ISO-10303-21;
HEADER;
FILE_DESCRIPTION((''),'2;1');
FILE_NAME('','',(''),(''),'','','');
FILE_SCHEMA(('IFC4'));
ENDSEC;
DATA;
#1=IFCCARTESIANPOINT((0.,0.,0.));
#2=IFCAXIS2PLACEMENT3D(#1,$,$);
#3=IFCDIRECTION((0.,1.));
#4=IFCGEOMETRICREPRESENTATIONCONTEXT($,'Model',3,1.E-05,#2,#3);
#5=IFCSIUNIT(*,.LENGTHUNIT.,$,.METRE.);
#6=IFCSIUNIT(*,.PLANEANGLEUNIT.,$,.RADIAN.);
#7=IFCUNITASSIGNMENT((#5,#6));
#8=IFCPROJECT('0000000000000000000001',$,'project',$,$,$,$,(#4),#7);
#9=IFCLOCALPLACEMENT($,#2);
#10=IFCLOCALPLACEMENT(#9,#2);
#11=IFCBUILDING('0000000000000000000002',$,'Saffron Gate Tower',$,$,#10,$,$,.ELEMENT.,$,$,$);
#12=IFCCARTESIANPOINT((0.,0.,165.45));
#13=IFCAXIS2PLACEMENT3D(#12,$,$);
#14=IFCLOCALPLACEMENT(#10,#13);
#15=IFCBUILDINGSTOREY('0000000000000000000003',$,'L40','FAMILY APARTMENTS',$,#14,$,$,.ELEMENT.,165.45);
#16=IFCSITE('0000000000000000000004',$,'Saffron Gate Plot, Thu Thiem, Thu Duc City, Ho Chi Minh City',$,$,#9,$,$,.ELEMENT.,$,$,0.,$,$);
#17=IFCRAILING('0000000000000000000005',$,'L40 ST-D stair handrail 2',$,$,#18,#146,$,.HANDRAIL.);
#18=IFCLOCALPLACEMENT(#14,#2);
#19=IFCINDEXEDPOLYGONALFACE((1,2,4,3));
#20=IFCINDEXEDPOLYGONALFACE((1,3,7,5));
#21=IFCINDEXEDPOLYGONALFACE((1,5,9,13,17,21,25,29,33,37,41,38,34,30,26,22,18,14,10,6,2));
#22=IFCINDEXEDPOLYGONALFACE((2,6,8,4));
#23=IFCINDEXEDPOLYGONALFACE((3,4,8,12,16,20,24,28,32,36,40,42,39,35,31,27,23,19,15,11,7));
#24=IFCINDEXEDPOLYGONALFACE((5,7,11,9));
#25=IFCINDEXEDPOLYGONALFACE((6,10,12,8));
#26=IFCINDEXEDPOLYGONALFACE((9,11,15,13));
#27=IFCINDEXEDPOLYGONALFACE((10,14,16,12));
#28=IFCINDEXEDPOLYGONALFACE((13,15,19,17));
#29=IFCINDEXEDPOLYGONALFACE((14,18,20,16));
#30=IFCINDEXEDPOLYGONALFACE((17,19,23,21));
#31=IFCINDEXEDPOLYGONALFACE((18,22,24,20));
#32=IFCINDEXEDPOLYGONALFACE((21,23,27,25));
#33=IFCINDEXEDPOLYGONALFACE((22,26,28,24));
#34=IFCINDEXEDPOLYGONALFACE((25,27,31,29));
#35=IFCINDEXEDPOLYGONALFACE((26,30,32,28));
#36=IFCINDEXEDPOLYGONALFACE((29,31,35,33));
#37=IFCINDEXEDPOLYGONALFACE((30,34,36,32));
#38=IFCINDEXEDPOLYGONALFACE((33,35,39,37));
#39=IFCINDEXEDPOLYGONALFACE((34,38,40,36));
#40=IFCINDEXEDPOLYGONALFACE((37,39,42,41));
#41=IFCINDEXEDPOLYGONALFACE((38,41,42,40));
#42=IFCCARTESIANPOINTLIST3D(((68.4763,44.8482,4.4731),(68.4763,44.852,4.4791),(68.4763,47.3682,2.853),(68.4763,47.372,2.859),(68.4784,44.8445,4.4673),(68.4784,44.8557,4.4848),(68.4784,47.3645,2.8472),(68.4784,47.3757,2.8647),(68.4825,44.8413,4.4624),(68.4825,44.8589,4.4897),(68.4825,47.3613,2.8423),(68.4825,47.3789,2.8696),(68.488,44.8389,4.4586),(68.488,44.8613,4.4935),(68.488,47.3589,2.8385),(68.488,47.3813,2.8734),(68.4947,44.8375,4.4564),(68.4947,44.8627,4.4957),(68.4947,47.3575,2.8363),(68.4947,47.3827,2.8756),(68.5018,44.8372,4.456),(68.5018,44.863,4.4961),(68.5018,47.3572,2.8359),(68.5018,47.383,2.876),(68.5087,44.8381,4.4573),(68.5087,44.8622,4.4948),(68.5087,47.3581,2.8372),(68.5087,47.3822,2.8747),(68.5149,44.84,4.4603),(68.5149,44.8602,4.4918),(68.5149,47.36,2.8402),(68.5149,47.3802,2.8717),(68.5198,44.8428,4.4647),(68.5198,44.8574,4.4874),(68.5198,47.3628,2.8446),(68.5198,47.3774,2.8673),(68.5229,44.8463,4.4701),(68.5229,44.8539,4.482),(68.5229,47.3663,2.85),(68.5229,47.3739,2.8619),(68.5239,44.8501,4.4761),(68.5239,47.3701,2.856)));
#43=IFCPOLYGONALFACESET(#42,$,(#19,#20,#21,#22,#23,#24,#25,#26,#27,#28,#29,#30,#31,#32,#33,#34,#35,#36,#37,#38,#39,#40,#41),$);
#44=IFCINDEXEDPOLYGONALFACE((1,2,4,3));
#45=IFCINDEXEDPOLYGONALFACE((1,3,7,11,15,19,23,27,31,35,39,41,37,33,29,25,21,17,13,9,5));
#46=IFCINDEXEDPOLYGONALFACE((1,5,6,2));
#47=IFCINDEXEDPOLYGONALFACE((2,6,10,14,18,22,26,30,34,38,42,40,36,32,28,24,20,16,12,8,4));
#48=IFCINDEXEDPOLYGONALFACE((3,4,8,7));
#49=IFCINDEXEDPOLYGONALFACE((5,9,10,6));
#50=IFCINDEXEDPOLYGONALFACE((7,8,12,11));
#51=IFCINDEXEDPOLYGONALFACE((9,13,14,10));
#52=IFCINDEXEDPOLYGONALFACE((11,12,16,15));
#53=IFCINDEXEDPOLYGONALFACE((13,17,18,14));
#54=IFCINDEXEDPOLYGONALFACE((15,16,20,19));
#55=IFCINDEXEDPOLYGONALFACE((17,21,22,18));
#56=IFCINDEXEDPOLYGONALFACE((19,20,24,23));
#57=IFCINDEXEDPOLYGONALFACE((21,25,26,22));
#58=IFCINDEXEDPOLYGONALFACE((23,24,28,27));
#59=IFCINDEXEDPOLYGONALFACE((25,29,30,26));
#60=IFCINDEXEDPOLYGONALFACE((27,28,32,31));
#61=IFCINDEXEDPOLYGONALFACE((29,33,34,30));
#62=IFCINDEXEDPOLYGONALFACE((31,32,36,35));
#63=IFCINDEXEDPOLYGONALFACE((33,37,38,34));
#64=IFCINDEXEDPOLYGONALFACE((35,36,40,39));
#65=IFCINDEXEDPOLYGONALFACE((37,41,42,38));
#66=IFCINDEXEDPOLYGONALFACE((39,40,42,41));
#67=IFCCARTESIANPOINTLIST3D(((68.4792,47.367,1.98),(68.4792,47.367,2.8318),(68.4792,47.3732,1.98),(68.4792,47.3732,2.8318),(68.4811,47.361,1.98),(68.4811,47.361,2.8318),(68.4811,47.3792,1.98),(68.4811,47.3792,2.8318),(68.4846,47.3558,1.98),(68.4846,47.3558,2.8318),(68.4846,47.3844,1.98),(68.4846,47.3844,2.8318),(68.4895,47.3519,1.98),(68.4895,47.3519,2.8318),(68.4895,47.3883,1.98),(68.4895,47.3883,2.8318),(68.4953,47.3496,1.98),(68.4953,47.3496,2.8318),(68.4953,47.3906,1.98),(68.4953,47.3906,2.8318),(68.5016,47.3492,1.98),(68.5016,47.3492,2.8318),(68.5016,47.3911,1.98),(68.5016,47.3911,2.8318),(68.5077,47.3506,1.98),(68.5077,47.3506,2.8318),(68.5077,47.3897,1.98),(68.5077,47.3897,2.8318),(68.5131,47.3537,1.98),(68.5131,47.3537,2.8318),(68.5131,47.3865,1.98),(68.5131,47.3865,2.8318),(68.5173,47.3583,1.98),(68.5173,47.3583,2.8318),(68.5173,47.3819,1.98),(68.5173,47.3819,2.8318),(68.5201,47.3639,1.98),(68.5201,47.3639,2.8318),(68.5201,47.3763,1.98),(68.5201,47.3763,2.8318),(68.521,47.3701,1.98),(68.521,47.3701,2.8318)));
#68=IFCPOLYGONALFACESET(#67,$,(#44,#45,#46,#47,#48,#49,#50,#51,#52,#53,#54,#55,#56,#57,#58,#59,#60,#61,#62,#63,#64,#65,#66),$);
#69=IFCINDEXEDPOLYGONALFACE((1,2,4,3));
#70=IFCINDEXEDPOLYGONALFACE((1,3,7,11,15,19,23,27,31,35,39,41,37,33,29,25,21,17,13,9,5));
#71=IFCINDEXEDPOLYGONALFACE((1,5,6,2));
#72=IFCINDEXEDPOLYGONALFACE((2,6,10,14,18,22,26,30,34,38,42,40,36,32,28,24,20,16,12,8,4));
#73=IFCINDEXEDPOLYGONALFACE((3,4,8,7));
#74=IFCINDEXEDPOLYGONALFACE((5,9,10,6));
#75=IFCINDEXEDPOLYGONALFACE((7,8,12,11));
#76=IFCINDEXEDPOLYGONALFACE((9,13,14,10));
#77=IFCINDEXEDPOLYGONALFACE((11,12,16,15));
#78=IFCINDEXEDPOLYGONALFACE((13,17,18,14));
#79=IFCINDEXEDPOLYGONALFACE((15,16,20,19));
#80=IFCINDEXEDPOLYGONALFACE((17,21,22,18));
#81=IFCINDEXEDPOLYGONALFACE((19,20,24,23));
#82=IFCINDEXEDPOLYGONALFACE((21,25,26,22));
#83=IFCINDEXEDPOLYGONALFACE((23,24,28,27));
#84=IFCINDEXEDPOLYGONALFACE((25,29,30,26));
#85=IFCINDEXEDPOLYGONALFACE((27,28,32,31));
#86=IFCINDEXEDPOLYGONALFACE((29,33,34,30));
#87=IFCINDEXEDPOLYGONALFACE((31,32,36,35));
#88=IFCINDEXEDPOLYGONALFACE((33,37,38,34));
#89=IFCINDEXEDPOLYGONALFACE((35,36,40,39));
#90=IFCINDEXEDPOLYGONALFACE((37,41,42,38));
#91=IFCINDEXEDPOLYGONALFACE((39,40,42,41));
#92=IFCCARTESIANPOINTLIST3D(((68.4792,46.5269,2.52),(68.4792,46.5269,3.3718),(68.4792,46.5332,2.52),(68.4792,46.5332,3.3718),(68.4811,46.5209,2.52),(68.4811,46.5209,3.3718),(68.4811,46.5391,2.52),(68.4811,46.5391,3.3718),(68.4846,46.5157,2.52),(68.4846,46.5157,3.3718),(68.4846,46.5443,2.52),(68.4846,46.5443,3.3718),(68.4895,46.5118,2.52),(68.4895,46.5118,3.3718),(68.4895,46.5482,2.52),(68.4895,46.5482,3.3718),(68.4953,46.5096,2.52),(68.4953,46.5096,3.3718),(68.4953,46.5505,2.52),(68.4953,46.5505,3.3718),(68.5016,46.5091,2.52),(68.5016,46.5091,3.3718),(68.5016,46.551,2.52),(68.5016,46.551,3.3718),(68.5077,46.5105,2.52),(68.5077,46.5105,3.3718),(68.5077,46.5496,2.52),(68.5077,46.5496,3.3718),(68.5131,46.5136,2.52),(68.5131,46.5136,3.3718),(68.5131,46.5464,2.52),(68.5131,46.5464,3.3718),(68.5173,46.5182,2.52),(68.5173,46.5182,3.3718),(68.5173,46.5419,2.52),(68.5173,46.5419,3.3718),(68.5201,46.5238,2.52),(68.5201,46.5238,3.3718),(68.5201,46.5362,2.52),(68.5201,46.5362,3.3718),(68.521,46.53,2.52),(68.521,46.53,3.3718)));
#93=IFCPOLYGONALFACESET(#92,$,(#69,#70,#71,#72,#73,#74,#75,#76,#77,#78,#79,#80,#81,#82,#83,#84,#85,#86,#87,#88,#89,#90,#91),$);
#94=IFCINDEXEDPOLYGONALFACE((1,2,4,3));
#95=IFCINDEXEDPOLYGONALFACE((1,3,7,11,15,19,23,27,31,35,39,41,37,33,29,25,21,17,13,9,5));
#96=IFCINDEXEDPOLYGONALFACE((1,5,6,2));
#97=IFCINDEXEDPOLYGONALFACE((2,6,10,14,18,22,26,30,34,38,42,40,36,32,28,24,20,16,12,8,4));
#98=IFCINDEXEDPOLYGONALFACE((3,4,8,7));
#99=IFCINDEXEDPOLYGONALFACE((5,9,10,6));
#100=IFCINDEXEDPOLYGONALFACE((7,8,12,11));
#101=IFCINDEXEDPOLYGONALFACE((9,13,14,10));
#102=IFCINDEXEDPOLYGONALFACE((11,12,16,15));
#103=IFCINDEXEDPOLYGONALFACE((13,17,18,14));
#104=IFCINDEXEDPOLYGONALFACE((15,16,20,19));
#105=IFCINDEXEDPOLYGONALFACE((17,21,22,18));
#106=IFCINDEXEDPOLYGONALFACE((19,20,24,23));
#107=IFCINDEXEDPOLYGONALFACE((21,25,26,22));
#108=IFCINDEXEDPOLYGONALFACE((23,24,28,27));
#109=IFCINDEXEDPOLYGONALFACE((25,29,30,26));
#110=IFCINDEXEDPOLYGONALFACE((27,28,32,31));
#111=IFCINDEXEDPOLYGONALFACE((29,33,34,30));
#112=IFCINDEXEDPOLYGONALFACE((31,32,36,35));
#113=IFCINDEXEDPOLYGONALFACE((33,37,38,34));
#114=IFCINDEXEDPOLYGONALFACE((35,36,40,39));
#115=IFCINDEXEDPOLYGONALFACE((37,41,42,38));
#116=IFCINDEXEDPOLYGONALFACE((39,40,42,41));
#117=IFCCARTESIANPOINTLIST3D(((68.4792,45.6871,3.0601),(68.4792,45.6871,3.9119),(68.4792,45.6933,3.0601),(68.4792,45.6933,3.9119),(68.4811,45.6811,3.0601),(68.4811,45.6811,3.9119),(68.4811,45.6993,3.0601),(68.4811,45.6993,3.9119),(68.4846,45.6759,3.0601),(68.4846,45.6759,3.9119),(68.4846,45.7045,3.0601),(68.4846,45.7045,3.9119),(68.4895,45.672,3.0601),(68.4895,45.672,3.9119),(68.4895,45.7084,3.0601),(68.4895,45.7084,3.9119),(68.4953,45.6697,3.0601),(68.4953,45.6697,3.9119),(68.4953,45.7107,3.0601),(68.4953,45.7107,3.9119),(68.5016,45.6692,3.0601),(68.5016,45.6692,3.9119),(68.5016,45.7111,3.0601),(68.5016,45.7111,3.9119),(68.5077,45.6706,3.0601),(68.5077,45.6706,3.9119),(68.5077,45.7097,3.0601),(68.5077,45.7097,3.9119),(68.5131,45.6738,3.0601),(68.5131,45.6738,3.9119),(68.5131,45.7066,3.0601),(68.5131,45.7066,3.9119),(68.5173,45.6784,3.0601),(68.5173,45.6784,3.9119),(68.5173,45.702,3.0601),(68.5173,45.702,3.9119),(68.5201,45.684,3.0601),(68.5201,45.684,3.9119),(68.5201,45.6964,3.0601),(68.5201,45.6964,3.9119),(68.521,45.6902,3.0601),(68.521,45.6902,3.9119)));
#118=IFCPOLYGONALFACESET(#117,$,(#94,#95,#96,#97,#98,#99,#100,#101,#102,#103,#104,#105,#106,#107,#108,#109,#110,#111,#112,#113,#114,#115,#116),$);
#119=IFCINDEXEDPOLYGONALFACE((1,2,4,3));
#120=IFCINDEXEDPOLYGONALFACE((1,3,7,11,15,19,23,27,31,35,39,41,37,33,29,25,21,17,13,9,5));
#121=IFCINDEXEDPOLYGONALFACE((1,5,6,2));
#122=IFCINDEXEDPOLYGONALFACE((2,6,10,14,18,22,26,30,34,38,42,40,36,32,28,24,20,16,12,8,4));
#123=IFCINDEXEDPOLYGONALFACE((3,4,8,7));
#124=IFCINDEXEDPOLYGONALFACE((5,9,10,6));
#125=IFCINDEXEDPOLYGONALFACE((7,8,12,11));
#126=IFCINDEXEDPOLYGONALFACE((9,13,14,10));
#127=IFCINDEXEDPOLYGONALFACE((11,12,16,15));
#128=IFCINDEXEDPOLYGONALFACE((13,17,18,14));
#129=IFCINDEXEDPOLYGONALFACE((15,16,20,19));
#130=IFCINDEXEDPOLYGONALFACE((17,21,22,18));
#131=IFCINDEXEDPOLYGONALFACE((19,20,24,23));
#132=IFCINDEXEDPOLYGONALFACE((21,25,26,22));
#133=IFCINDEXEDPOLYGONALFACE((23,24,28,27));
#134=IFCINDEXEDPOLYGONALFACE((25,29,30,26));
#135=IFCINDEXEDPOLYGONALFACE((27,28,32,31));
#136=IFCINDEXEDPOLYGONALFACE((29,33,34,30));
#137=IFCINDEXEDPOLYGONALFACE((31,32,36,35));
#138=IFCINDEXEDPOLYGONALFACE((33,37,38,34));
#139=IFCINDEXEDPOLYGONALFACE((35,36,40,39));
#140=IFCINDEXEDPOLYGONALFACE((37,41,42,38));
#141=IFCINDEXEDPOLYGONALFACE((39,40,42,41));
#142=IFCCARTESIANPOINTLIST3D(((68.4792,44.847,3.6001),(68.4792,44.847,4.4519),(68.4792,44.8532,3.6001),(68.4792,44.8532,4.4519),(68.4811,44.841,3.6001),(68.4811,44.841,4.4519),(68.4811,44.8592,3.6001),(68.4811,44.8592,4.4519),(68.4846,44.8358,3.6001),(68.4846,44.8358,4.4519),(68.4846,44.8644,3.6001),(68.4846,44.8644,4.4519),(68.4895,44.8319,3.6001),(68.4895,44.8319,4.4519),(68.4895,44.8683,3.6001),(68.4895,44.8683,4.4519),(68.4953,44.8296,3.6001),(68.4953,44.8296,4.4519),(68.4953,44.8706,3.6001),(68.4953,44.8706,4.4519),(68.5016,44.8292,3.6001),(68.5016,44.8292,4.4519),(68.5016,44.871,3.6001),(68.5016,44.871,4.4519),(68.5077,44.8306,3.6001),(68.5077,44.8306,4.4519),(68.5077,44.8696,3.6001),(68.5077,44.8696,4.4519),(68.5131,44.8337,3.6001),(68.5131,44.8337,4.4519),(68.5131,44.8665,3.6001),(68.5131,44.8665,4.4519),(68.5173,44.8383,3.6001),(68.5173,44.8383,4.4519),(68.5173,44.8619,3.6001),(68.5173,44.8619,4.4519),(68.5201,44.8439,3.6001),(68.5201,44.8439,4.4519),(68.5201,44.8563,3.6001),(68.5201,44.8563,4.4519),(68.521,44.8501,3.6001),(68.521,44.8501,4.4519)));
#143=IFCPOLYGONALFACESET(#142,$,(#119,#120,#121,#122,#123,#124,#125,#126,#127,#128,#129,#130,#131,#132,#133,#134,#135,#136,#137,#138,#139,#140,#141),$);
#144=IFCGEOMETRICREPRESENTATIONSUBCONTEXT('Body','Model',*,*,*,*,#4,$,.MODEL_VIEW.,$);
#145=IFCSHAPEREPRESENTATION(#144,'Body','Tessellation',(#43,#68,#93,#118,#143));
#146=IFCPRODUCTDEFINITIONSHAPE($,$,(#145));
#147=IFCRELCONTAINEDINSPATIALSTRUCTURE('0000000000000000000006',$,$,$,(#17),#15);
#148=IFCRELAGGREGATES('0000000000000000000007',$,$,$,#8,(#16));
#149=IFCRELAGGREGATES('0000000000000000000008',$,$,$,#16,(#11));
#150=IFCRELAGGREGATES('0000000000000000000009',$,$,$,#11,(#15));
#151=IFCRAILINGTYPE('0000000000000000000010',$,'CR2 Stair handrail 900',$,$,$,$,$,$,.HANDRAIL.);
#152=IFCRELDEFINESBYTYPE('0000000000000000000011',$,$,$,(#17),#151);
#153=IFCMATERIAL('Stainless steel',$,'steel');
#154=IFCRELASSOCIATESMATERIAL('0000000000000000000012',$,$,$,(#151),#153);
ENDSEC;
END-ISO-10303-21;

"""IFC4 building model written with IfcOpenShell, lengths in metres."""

from ifc_helpers import new_model, si_unit, direction, frame, origin, origin_2d, place, context, subcontext, project, spatial, circle, extrude, material, type_object, element, save


model = new_model("IFC4")

# Units and contexts
model_context = context("Model", 3, precision=1e-05, world=origin(), true_north=direction((0.0, 1.0)))
body_context = subcontext(model_context, "Body", "Model", "MODEL_VIEW")
ifc_project = project(units=[si_unit("LENGTHUNIT", "METRE"), si_unit("PLANEANGLEUNIT", "RADIAN")], contexts=[model_context])

# Site, building, storey
site_placement = place(None, origin())
site = spatial("IfcSite", under=ifc_project, at=site_placement, Name="Saffron Gate Plot, Thu Thiem, Thu Duc City, Ho Chi Minh City", CompositionType="ELEMENT", RefElevation=0.0)
building_placement = place(site_placement, origin())
building = spatial("IfcBuilding", under=site, at=building_placement, Name="Saffron Gate Tower", CompositionType="ELEMENT")
storey_placement = place(building_placement, frame((0.0, 0.0, 165.45)))
storey = spatial("IfcBuildingStorey", under=building, at=storey_placement, Name="L40", Description="FAMILY APARTMENTS", CompositionType="ELEMENT", Elevation=165.45)

# Railing
ifc_material_1 = material(Name="Stainless steel", Category="steel")
railing_type = type_object("IfcRailingType", Name="CR2 Stair handrail 900", PredefinedType="HANDRAIL", material=ifc_material_1)
railing_placement = place(storey_placement, frame((68.5, 47.3701, 1.98)))
element("IfcRailing", 1, at=railing_placement, inside=storey, type_object=railing_type, Name="L40 ST-D stair handrail 2", PredefinedType="HANDRAIL", context=body_context, shape_type="SweptSolid", body=[
    extrude(circle(Radius=0.0239, at=origin_2d()), frame((0.0, 0.0, 0.876), z_axis=(0.0, -0.841163, 0.540782), x_axis=(1.0, 0.0, 0.0)), (0.0, 0.0, 1.0), 2.9958),
    extrude(circle(Radius=0.021, at=origin_2d()), origin(), (0.0, 0.0, 1.0), 0.8518),
    extrude(circle(Radius=0.021, at=origin_2d()), frame((0.0, -0.8401, 0.54)), (0.0, 0.0, 1.0), 0.8518),
    extrude(circle(Radius=0.021, at=origin_2d()), frame((0.0, -1.6799, 1.0801)), (0.0, 0.0, 1.0), 0.8518),
    extrude(circle(Radius=0.021, at=origin_2d()), frame((0.0, -2.52, 1.6201)), (0.0, 0.0, 1.0), 0.8518),
])

save(model, "model.ifc")
